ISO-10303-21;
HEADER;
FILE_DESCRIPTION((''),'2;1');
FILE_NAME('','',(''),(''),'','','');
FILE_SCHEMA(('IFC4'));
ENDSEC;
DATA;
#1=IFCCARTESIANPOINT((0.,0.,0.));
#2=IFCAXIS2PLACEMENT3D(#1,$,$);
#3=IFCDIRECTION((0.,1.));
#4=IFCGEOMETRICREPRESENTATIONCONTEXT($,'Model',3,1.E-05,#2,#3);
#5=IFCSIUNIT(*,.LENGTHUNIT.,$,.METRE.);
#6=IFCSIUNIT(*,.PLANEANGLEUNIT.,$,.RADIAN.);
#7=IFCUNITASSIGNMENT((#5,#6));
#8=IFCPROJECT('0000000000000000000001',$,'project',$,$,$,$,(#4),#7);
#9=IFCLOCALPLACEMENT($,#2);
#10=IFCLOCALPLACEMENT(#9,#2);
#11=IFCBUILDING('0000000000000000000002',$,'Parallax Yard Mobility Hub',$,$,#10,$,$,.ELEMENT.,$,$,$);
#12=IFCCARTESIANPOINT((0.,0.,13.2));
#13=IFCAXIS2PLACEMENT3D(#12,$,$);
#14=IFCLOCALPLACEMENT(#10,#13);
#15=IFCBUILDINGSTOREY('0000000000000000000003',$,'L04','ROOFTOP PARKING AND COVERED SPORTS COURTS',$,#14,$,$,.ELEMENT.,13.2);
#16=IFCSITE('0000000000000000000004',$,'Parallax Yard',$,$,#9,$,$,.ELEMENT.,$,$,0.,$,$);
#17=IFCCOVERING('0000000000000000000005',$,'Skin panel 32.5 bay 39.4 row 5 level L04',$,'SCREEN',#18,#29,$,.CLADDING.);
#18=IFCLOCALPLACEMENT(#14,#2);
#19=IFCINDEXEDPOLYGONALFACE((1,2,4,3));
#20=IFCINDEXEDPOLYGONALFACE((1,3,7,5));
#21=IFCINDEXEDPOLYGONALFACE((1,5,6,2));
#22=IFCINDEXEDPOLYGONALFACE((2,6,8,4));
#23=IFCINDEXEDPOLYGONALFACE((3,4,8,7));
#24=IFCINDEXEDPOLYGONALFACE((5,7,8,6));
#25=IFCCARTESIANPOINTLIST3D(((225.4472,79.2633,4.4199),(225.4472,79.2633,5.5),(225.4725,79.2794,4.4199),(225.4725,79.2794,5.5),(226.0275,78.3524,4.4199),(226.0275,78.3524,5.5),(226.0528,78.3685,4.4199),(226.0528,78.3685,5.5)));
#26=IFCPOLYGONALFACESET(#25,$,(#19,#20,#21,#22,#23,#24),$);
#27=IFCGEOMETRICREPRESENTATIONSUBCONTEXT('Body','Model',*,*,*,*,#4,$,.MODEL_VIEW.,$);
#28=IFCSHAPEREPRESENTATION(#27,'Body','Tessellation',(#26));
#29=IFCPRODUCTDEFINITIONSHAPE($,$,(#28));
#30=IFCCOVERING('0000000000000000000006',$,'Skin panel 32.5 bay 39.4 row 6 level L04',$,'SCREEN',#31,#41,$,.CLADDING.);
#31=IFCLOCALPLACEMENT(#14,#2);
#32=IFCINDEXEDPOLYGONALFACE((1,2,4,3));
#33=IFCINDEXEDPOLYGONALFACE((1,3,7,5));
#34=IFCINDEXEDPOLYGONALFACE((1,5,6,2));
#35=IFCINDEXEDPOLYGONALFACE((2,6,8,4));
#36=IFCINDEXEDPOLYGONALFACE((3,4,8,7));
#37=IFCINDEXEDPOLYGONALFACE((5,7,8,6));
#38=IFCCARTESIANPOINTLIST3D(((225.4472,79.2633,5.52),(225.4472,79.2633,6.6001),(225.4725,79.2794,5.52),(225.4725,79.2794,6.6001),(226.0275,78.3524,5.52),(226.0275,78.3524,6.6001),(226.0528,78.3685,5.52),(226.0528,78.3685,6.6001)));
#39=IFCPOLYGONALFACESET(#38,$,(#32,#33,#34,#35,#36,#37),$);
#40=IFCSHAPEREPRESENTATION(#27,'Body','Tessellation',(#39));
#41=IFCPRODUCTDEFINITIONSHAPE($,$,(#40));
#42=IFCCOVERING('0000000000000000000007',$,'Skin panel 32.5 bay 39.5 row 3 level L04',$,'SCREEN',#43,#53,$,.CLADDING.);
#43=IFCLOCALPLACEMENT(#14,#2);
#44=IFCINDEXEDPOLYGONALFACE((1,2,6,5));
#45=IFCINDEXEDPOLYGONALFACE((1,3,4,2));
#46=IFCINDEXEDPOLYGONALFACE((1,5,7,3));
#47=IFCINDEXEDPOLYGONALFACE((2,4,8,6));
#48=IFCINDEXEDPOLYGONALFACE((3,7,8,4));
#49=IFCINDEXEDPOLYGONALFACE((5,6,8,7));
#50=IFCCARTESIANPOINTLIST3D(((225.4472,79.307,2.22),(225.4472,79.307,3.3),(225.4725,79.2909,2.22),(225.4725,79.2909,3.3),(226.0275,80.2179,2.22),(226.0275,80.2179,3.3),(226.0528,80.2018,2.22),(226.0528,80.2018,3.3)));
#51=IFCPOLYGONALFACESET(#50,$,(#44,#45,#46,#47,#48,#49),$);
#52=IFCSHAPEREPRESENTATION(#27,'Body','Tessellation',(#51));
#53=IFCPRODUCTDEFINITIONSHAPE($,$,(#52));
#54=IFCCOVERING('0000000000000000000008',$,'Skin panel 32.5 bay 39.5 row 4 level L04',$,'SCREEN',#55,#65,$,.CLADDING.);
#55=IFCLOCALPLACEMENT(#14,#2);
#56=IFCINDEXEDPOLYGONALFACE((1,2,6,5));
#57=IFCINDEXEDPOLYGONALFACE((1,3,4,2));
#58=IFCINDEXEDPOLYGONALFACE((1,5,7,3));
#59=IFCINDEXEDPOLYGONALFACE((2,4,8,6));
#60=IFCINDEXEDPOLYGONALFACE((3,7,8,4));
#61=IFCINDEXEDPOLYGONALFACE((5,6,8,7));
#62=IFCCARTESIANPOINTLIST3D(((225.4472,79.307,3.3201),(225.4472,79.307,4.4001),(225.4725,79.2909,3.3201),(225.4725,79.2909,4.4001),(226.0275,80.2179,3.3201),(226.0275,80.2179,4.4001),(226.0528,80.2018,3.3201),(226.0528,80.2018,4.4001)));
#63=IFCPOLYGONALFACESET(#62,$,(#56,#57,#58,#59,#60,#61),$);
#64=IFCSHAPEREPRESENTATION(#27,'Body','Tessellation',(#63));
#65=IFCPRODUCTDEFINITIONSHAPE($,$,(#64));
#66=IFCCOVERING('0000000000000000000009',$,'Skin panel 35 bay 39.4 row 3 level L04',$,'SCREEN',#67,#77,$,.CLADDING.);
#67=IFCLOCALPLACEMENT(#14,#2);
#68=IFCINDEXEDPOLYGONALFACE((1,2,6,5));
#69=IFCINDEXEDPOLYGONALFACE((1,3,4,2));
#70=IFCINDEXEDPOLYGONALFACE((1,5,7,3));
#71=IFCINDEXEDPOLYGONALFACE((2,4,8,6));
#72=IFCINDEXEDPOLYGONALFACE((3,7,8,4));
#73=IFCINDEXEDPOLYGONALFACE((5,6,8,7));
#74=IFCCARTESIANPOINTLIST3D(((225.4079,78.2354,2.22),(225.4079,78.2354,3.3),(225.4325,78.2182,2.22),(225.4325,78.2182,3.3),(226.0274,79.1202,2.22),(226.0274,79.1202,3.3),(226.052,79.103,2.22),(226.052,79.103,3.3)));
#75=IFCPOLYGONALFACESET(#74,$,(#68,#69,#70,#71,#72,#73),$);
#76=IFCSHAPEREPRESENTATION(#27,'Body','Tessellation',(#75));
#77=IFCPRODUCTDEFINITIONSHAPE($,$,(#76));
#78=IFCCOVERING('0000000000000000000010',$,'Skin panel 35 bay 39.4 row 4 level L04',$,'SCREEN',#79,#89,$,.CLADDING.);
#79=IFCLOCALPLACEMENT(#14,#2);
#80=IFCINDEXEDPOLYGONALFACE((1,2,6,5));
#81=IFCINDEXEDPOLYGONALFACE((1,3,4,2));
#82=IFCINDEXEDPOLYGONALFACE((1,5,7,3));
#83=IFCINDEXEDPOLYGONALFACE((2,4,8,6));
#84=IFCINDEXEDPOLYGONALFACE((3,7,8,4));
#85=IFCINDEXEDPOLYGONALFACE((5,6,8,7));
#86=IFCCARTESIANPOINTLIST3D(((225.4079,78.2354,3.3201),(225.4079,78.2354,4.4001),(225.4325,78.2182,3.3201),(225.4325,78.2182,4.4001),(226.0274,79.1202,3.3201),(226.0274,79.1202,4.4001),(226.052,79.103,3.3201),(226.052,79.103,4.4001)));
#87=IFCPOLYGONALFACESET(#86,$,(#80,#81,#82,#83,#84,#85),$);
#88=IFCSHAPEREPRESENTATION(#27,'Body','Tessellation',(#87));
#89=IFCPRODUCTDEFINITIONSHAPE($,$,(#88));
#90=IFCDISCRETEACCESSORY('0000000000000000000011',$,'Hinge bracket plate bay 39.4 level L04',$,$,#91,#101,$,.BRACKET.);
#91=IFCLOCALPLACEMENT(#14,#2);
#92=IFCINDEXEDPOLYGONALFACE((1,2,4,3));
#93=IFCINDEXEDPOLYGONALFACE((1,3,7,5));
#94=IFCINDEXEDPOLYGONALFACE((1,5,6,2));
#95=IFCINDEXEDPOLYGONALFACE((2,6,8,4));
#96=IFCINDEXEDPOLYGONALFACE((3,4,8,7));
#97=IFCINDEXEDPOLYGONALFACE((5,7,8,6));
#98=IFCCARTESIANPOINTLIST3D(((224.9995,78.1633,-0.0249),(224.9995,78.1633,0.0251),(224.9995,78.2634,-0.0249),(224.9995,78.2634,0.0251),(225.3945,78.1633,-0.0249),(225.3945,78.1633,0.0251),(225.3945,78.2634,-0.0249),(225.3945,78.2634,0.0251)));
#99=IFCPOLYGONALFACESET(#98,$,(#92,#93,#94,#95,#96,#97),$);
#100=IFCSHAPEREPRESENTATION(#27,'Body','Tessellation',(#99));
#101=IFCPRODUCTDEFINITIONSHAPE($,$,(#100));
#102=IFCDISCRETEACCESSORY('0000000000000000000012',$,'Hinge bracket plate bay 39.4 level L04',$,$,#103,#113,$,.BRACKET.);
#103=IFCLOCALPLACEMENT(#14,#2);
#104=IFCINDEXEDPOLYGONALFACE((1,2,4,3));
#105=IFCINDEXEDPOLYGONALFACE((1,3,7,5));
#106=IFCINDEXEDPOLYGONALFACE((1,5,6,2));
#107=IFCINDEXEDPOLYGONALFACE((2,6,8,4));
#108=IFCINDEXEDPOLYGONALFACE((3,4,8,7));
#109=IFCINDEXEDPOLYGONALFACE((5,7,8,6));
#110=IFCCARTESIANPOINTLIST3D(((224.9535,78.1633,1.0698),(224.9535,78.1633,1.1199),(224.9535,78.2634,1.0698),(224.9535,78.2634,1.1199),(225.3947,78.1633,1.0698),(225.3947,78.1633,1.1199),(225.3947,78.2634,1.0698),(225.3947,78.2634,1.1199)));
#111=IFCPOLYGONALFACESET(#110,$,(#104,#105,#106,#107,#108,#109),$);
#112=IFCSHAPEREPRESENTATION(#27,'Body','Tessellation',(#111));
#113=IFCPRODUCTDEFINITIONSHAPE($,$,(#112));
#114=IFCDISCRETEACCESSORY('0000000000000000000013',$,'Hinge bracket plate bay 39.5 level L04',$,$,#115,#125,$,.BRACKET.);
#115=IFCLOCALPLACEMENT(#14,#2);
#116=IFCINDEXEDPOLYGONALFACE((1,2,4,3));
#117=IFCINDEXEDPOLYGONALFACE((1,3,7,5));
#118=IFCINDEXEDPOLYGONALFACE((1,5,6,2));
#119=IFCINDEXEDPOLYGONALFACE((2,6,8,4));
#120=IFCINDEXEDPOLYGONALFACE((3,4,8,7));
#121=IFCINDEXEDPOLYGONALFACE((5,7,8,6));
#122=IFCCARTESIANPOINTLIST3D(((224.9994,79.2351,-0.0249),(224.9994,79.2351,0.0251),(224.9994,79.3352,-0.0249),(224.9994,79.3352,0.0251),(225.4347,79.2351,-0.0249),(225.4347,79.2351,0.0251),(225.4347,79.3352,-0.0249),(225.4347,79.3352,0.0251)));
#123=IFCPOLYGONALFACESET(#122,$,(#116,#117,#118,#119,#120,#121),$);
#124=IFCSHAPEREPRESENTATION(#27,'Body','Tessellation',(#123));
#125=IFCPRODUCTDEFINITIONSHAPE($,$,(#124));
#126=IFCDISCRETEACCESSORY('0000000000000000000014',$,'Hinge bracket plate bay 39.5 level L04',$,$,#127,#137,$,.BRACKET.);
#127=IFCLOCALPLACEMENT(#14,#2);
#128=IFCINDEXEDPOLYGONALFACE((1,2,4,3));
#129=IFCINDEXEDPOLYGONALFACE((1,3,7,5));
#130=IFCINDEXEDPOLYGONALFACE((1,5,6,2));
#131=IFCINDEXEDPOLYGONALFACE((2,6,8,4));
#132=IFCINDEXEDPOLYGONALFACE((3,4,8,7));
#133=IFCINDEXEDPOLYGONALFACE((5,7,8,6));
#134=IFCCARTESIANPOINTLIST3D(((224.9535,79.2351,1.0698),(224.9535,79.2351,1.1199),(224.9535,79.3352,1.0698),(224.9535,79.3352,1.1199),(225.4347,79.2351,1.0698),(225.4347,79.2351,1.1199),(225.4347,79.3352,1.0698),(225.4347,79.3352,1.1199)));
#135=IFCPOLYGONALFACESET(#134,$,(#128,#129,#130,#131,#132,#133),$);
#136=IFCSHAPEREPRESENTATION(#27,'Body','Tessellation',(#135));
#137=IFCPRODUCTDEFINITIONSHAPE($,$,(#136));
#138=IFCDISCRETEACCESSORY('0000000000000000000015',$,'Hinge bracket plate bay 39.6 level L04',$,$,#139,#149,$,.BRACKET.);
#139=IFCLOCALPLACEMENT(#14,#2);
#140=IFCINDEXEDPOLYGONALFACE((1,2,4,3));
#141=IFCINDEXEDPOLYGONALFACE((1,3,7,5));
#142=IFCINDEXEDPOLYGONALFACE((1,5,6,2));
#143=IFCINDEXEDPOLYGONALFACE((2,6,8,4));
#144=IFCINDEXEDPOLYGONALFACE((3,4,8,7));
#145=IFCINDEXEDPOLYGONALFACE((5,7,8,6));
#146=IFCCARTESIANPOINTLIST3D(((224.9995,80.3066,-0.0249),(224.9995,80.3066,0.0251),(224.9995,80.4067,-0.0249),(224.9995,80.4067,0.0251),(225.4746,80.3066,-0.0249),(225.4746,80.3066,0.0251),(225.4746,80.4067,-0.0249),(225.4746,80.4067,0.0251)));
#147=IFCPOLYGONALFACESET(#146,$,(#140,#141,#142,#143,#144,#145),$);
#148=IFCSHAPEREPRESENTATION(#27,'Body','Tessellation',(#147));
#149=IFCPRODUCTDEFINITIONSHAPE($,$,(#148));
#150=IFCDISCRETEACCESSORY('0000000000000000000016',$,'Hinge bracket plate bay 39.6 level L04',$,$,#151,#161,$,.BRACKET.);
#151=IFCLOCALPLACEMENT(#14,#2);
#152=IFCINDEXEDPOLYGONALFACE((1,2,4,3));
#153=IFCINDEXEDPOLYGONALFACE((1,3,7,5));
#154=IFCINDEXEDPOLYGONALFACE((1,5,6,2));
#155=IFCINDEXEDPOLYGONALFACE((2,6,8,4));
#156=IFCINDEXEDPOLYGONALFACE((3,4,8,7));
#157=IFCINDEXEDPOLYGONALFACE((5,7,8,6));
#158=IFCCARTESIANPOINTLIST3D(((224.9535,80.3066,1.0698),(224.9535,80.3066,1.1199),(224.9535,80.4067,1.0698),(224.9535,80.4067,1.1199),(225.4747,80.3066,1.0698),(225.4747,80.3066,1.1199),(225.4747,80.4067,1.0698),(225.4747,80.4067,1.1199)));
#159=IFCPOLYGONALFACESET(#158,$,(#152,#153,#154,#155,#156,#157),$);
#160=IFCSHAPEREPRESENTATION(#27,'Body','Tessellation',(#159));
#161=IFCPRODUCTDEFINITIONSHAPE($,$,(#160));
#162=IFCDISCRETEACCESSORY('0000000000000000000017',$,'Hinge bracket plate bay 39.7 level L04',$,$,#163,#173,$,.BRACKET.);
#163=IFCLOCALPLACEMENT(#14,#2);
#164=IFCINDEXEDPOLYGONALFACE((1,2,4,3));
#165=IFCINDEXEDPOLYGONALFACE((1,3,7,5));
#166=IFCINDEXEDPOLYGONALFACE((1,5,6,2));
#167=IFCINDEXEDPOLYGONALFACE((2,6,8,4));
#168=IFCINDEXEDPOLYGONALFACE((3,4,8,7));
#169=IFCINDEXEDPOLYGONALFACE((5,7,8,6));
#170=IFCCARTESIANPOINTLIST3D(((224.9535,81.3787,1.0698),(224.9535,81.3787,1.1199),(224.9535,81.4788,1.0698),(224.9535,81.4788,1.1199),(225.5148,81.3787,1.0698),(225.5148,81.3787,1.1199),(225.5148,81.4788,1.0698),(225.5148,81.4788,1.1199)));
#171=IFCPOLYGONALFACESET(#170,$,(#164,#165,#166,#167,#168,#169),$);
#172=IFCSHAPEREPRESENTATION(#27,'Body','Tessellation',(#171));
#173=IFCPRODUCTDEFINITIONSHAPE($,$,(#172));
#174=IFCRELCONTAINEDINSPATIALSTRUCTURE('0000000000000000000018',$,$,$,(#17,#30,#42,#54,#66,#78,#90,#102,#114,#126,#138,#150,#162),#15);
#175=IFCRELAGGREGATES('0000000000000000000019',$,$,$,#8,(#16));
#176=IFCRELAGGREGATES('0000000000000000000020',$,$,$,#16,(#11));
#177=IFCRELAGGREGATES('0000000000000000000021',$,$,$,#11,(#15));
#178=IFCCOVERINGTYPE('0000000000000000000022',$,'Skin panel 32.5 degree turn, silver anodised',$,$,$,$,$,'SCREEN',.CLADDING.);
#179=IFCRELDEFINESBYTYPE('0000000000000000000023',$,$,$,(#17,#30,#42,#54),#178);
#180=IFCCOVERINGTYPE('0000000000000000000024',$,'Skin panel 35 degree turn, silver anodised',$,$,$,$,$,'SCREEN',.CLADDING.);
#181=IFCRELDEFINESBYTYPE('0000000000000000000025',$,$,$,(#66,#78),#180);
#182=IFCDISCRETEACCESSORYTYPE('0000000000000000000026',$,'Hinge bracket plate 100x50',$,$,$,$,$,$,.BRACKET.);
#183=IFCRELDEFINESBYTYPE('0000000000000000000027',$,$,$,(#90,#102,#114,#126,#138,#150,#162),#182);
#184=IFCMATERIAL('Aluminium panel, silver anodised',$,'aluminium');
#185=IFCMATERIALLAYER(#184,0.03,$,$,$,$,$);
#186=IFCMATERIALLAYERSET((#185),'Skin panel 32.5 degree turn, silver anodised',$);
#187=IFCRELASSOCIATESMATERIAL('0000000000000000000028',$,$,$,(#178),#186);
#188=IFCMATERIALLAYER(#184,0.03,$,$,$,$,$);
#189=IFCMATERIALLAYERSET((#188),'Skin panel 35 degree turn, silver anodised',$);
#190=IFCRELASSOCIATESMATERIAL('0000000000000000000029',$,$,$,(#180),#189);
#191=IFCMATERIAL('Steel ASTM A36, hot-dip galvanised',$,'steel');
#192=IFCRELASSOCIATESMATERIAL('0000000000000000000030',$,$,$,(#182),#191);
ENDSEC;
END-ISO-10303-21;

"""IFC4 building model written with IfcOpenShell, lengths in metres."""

from ifc_helpers import new_model, si_unit, direction, frame, origin, origin_2d, place, context, subcontext, project, spatial, rectangle, extrude, material, layer, layer_set, type_object, element, save


model = new_model("IFC4")

# Units and contexts
model_context = context("Model", 3, precision=1e-05, world=origin(), true_north=direction((0.0, 1.0)))
body_context = subcontext(model_context, "Body", "Model", "MODEL_VIEW")
ifc_project = project(units=[si_unit("LENGTHUNIT", "METRE"), si_unit("PLANEANGLEUNIT", "RADIAN")], contexts=[model_context])

# Site, building, storey
site_placement = place(None, origin())
site = spatial("IfcSite", under=ifc_project, at=site_placement, Name="Parallax Yard", CompositionType="ELEMENT", RefElevation=0.0)
building_placement = place(site_placement, origin())
building = spatial("IfcBuilding", under=site, at=building_placement, Name="Parallax Yard Mobility Hub", CompositionType="ELEMENT")
storey_placement = place(building_placement, frame((0.0, 0.0, 13.2)))
storey = spatial("IfcBuildingStorey", under=building, at=storey_placement, Name="L04", Description="ROOFTOP PARKING AND COVERED SPORTS COURTS", CompositionType="ELEMENT", Elevation=13.2)

# Coverings
ifc_material_1 = material(Name="Aluminium panel, silver anodised", Category="aluminium")
ifc_layer_1 = layer(ifc_material_1, 0.03)
ifc_layer_set_1 = layer_set([ifc_layer_1], Name="Skin panel 32.5 degree turn, silver anodised")
covering_type_1 = type_object("IfcCoveringType", Name="Skin panel 32.5 degree turn, silver anodised", ElementType="SCREEN", PredefinedType="CLADDING", material=ifc_layer_set_1)
for number, where, z_axis, x_axis, name in (
    (1, (225.75, 78.8159, 4.4199), (0.0, 0.0, 1.0), (0.5373, -0.843391, 0.0), "Skin panel 32.5 bay 39.4 row 5 level L04"),
    (2, (225.75, 78.8159, 5.52), (0.0, 0.0, 1.0), (0.5373, -0.843391, 0.0), "Skin panel 32.5 bay 39.4 row 6 level L04"),
    (3, (225.75, 79.7544, 2.22), (0.0, 0.0, 1.0), (0.5373, 0.843391, 0.0), "Skin panel 32.5 bay 39.5 row 3 level L04"),
    (4, (225.75, 79.7544, 3.3201), (0.0, 0.0, 1.0), (0.5373, 0.843391, 0.0), "Skin panel 32.5 bay 39.5 row 4 level L04"),
):
    element("IfcCovering", number, at=place(storey_placement, frame(where, z_axis=z_axis, x_axis=x_axis)), inside=storey, type_object=covering_type_1, Name=name, ObjectType="SCREEN", PredefinedType="CLADDING", context=body_context, shape_type="SweptSolid", body=[
        extrude(rectangle(XDim=1.0801, YDim=0.03, at=origin_2d()), origin(), (0.0, 0.0, 1.0), 1.0801),
    ])
ifc_layer_2 = layer(ifc_material_1, 0.03)
ifc_layer_set_2 = layer_set([ifc_layer_2], Name="Skin panel 35 degree turn, silver anodised")
covering_type_2 = type_object("IfcCoveringType", Name="Skin panel 35 degree turn, silver anodised", ElementType="SCREEN", PredefinedType="CLADDING", material=ifc_layer_set_2)
for number, where, z_axis, x_axis, name in (
    (5, (225.73, 78.6692, 2.22), (0.0, 0.0, 1.0), (0.573576, 0.819152, 0.0), "Skin panel 35 bay 39.4 row 3 level L04"),
    (6, (225.73, 78.6692, 3.3201), (0.0, 0.0, 1.0), (0.573576, 0.819152, 0.0), "Skin panel 35 bay 39.4 row 4 level L04"),
):
    element("IfcCovering", number, at=place(storey_placement, frame(where, z_axis=z_axis, x_axis=x_axis)), inside=storey, type_object=covering_type_2, Name=name, ObjectType="SCREEN", PredefinedType="CLADDING", context=body_context, shape_type="SweptSolid", body=[
        extrude(rectangle(XDim=1.0801, YDim=0.03, at=origin_2d()), origin(), (0.0, 0.0, 1.0), 1.0801),
    ])

# Discrete accessories
ifc_material_2 = material(Name="Steel ASTM A36, hot-dip galvanised", Category="steel")
discrete_accessory_type_1 = type_object("IfcDiscreteAccessoryType", Name="Hinge bracket plate 100x50", PredefinedType="BRACKET", material=ifc_material_2)
discrete_accessory_1_placement = place(storey_placement, frame((225.197, 78.2134, -0.0249), z_axis=(0.0, 0.0, 1.0), x_axis=(1.0, 0.0, 0.0)))
element("IfcDiscreteAccessory", 7, at=discrete_accessory_1_placement, inside=storey, type_object=discrete_accessory_type_1, Name="Hinge bracket plate bay 39.4 level L04", PredefinedType="BRACKET", context=body_context, shape_type="SweptSolid", body=[
    extrude(rectangle(XDim=0.395, YDim=0.1001, at=origin_2d()), origin(), (0.0, 0.0, 1.0), 0.05),
])
discrete_accessory_2_placement = place(storey_placement, frame((225.1741, 78.2134, 1.0698), z_axis=(0.0, 0.0, 1.0), x_axis=(1.0, 0.0, 0.0)))
element("IfcDiscreteAccessory", 8, at=discrete_accessory_2_placement, inside=storey, type_object=discrete_accessory_type_1, Name="Hinge bracket plate bay 39.4 level L04", PredefinedType="BRACKET", context=body_context, shape_type="SweptSolid", body=[
    extrude(rectangle(XDim=0.4412, YDim=0.1001, at=origin_2d()), origin(), (0.0, 0.0, 1.0), 0.05),
])
discrete_accessory_3_placement = place(storey_placement, frame((225.217, 79.2852, -0.0249), z_axis=(0.0, 0.0, 1.0), x_axis=(1.0, 0.0, 0.0)))
element("IfcDiscreteAccessory", 9, at=discrete_accessory_3_placement, inside=storey, type_object=discrete_accessory_type_1, Name="Hinge bracket plate bay 39.5 level L04", PredefinedType="BRACKET", context=body_context, shape_type="SweptSolid", body=[
    extrude(rectangle(XDim=0.4353, YDim=0.1001, at=origin_2d()), origin(), (0.0, 0.0, 1.0), 0.05),
])
discrete_accessory_4_placement = place(storey_placement, frame((225.1941, 79.2852, 1.0698), z_axis=(0.0, 0.0, 1.0), x_axis=(1.0, 0.0, 0.0)))
element("IfcDiscreteAccessory", 10, at=discrete_accessory_4_placement, inside=storey, type_object=discrete_accessory_type_1, Name="Hinge bracket plate bay 39.5 level L04", PredefinedType="BRACKET", context=body_context, shape_type="SweptSolid", body=[
    extrude(rectangle(XDim=0.4812, YDim=0.1001, at=origin_2d()), origin(), (0.0, 0.0, 1.0), 0.05),
])
discrete_accessory_5_placement = place(storey_placement, frame((225.2371, 80.3567, -0.0249), z_axis=(0.0, 0.0, 1.0), x_axis=(1.0, 0.0, 0.0)))
element("IfcDiscreteAccessory", 11, at=discrete_accessory_5_placement, inside=storey, type_object=discrete_accessory_type_1, Name="Hinge bracket plate bay 39.6 level L04", PredefinedType="BRACKET", context=body_context, shape_type="SweptSolid", body=[
    extrude(rectangle(XDim=0.4751, YDim=0.1001, at=origin_2d()), origin(), (0.0, 0.0, 1.0), 0.05),
])
discrete_accessory_6_placement = place(storey_placement, frame((225.2141, 80.3567, 1.0698), z_axis=(0.0, 0.0, 1.0), x_axis=(1.0, 0.0, 0.0)))
element("IfcDiscreteAccessory", 12, at=discrete_accessory_6_placement, inside=storey, type_object=discrete_accessory_type_1, Name="Hinge bracket plate bay 39.6 level L04", PredefinedType="BRACKET", context=body_context, shape_type="SweptSolid", body=[
    extrude(rectangle(XDim=0.5212, YDim=0.1001, at=origin_2d()), origin(), (0.0, 0.0, 1.0), 0.05),
])
discrete_accessory_7_placement = place(storey_placement, frame((225.2341, 81.4287, 1.0698), z_axis=(0.0, 0.0, 1.0), x_axis=(1.0, 0.0, 0.0)))
element("IfcDiscreteAccessory", 13, at=discrete_accessory_7_placement, inside=storey, type_object=discrete_accessory_type_1, Name="Hinge bracket plate bay 39.7 level L04", PredefinedType="BRACKET", context=body_context, shape_type="SweptSolid", body=[
    extrude(rectangle(XDim=0.5613, YDim=0.1001, at=origin_2d()), origin(), (0.0, 0.0, 1.0), 0.05),
])

save(model, "model.ifc")
